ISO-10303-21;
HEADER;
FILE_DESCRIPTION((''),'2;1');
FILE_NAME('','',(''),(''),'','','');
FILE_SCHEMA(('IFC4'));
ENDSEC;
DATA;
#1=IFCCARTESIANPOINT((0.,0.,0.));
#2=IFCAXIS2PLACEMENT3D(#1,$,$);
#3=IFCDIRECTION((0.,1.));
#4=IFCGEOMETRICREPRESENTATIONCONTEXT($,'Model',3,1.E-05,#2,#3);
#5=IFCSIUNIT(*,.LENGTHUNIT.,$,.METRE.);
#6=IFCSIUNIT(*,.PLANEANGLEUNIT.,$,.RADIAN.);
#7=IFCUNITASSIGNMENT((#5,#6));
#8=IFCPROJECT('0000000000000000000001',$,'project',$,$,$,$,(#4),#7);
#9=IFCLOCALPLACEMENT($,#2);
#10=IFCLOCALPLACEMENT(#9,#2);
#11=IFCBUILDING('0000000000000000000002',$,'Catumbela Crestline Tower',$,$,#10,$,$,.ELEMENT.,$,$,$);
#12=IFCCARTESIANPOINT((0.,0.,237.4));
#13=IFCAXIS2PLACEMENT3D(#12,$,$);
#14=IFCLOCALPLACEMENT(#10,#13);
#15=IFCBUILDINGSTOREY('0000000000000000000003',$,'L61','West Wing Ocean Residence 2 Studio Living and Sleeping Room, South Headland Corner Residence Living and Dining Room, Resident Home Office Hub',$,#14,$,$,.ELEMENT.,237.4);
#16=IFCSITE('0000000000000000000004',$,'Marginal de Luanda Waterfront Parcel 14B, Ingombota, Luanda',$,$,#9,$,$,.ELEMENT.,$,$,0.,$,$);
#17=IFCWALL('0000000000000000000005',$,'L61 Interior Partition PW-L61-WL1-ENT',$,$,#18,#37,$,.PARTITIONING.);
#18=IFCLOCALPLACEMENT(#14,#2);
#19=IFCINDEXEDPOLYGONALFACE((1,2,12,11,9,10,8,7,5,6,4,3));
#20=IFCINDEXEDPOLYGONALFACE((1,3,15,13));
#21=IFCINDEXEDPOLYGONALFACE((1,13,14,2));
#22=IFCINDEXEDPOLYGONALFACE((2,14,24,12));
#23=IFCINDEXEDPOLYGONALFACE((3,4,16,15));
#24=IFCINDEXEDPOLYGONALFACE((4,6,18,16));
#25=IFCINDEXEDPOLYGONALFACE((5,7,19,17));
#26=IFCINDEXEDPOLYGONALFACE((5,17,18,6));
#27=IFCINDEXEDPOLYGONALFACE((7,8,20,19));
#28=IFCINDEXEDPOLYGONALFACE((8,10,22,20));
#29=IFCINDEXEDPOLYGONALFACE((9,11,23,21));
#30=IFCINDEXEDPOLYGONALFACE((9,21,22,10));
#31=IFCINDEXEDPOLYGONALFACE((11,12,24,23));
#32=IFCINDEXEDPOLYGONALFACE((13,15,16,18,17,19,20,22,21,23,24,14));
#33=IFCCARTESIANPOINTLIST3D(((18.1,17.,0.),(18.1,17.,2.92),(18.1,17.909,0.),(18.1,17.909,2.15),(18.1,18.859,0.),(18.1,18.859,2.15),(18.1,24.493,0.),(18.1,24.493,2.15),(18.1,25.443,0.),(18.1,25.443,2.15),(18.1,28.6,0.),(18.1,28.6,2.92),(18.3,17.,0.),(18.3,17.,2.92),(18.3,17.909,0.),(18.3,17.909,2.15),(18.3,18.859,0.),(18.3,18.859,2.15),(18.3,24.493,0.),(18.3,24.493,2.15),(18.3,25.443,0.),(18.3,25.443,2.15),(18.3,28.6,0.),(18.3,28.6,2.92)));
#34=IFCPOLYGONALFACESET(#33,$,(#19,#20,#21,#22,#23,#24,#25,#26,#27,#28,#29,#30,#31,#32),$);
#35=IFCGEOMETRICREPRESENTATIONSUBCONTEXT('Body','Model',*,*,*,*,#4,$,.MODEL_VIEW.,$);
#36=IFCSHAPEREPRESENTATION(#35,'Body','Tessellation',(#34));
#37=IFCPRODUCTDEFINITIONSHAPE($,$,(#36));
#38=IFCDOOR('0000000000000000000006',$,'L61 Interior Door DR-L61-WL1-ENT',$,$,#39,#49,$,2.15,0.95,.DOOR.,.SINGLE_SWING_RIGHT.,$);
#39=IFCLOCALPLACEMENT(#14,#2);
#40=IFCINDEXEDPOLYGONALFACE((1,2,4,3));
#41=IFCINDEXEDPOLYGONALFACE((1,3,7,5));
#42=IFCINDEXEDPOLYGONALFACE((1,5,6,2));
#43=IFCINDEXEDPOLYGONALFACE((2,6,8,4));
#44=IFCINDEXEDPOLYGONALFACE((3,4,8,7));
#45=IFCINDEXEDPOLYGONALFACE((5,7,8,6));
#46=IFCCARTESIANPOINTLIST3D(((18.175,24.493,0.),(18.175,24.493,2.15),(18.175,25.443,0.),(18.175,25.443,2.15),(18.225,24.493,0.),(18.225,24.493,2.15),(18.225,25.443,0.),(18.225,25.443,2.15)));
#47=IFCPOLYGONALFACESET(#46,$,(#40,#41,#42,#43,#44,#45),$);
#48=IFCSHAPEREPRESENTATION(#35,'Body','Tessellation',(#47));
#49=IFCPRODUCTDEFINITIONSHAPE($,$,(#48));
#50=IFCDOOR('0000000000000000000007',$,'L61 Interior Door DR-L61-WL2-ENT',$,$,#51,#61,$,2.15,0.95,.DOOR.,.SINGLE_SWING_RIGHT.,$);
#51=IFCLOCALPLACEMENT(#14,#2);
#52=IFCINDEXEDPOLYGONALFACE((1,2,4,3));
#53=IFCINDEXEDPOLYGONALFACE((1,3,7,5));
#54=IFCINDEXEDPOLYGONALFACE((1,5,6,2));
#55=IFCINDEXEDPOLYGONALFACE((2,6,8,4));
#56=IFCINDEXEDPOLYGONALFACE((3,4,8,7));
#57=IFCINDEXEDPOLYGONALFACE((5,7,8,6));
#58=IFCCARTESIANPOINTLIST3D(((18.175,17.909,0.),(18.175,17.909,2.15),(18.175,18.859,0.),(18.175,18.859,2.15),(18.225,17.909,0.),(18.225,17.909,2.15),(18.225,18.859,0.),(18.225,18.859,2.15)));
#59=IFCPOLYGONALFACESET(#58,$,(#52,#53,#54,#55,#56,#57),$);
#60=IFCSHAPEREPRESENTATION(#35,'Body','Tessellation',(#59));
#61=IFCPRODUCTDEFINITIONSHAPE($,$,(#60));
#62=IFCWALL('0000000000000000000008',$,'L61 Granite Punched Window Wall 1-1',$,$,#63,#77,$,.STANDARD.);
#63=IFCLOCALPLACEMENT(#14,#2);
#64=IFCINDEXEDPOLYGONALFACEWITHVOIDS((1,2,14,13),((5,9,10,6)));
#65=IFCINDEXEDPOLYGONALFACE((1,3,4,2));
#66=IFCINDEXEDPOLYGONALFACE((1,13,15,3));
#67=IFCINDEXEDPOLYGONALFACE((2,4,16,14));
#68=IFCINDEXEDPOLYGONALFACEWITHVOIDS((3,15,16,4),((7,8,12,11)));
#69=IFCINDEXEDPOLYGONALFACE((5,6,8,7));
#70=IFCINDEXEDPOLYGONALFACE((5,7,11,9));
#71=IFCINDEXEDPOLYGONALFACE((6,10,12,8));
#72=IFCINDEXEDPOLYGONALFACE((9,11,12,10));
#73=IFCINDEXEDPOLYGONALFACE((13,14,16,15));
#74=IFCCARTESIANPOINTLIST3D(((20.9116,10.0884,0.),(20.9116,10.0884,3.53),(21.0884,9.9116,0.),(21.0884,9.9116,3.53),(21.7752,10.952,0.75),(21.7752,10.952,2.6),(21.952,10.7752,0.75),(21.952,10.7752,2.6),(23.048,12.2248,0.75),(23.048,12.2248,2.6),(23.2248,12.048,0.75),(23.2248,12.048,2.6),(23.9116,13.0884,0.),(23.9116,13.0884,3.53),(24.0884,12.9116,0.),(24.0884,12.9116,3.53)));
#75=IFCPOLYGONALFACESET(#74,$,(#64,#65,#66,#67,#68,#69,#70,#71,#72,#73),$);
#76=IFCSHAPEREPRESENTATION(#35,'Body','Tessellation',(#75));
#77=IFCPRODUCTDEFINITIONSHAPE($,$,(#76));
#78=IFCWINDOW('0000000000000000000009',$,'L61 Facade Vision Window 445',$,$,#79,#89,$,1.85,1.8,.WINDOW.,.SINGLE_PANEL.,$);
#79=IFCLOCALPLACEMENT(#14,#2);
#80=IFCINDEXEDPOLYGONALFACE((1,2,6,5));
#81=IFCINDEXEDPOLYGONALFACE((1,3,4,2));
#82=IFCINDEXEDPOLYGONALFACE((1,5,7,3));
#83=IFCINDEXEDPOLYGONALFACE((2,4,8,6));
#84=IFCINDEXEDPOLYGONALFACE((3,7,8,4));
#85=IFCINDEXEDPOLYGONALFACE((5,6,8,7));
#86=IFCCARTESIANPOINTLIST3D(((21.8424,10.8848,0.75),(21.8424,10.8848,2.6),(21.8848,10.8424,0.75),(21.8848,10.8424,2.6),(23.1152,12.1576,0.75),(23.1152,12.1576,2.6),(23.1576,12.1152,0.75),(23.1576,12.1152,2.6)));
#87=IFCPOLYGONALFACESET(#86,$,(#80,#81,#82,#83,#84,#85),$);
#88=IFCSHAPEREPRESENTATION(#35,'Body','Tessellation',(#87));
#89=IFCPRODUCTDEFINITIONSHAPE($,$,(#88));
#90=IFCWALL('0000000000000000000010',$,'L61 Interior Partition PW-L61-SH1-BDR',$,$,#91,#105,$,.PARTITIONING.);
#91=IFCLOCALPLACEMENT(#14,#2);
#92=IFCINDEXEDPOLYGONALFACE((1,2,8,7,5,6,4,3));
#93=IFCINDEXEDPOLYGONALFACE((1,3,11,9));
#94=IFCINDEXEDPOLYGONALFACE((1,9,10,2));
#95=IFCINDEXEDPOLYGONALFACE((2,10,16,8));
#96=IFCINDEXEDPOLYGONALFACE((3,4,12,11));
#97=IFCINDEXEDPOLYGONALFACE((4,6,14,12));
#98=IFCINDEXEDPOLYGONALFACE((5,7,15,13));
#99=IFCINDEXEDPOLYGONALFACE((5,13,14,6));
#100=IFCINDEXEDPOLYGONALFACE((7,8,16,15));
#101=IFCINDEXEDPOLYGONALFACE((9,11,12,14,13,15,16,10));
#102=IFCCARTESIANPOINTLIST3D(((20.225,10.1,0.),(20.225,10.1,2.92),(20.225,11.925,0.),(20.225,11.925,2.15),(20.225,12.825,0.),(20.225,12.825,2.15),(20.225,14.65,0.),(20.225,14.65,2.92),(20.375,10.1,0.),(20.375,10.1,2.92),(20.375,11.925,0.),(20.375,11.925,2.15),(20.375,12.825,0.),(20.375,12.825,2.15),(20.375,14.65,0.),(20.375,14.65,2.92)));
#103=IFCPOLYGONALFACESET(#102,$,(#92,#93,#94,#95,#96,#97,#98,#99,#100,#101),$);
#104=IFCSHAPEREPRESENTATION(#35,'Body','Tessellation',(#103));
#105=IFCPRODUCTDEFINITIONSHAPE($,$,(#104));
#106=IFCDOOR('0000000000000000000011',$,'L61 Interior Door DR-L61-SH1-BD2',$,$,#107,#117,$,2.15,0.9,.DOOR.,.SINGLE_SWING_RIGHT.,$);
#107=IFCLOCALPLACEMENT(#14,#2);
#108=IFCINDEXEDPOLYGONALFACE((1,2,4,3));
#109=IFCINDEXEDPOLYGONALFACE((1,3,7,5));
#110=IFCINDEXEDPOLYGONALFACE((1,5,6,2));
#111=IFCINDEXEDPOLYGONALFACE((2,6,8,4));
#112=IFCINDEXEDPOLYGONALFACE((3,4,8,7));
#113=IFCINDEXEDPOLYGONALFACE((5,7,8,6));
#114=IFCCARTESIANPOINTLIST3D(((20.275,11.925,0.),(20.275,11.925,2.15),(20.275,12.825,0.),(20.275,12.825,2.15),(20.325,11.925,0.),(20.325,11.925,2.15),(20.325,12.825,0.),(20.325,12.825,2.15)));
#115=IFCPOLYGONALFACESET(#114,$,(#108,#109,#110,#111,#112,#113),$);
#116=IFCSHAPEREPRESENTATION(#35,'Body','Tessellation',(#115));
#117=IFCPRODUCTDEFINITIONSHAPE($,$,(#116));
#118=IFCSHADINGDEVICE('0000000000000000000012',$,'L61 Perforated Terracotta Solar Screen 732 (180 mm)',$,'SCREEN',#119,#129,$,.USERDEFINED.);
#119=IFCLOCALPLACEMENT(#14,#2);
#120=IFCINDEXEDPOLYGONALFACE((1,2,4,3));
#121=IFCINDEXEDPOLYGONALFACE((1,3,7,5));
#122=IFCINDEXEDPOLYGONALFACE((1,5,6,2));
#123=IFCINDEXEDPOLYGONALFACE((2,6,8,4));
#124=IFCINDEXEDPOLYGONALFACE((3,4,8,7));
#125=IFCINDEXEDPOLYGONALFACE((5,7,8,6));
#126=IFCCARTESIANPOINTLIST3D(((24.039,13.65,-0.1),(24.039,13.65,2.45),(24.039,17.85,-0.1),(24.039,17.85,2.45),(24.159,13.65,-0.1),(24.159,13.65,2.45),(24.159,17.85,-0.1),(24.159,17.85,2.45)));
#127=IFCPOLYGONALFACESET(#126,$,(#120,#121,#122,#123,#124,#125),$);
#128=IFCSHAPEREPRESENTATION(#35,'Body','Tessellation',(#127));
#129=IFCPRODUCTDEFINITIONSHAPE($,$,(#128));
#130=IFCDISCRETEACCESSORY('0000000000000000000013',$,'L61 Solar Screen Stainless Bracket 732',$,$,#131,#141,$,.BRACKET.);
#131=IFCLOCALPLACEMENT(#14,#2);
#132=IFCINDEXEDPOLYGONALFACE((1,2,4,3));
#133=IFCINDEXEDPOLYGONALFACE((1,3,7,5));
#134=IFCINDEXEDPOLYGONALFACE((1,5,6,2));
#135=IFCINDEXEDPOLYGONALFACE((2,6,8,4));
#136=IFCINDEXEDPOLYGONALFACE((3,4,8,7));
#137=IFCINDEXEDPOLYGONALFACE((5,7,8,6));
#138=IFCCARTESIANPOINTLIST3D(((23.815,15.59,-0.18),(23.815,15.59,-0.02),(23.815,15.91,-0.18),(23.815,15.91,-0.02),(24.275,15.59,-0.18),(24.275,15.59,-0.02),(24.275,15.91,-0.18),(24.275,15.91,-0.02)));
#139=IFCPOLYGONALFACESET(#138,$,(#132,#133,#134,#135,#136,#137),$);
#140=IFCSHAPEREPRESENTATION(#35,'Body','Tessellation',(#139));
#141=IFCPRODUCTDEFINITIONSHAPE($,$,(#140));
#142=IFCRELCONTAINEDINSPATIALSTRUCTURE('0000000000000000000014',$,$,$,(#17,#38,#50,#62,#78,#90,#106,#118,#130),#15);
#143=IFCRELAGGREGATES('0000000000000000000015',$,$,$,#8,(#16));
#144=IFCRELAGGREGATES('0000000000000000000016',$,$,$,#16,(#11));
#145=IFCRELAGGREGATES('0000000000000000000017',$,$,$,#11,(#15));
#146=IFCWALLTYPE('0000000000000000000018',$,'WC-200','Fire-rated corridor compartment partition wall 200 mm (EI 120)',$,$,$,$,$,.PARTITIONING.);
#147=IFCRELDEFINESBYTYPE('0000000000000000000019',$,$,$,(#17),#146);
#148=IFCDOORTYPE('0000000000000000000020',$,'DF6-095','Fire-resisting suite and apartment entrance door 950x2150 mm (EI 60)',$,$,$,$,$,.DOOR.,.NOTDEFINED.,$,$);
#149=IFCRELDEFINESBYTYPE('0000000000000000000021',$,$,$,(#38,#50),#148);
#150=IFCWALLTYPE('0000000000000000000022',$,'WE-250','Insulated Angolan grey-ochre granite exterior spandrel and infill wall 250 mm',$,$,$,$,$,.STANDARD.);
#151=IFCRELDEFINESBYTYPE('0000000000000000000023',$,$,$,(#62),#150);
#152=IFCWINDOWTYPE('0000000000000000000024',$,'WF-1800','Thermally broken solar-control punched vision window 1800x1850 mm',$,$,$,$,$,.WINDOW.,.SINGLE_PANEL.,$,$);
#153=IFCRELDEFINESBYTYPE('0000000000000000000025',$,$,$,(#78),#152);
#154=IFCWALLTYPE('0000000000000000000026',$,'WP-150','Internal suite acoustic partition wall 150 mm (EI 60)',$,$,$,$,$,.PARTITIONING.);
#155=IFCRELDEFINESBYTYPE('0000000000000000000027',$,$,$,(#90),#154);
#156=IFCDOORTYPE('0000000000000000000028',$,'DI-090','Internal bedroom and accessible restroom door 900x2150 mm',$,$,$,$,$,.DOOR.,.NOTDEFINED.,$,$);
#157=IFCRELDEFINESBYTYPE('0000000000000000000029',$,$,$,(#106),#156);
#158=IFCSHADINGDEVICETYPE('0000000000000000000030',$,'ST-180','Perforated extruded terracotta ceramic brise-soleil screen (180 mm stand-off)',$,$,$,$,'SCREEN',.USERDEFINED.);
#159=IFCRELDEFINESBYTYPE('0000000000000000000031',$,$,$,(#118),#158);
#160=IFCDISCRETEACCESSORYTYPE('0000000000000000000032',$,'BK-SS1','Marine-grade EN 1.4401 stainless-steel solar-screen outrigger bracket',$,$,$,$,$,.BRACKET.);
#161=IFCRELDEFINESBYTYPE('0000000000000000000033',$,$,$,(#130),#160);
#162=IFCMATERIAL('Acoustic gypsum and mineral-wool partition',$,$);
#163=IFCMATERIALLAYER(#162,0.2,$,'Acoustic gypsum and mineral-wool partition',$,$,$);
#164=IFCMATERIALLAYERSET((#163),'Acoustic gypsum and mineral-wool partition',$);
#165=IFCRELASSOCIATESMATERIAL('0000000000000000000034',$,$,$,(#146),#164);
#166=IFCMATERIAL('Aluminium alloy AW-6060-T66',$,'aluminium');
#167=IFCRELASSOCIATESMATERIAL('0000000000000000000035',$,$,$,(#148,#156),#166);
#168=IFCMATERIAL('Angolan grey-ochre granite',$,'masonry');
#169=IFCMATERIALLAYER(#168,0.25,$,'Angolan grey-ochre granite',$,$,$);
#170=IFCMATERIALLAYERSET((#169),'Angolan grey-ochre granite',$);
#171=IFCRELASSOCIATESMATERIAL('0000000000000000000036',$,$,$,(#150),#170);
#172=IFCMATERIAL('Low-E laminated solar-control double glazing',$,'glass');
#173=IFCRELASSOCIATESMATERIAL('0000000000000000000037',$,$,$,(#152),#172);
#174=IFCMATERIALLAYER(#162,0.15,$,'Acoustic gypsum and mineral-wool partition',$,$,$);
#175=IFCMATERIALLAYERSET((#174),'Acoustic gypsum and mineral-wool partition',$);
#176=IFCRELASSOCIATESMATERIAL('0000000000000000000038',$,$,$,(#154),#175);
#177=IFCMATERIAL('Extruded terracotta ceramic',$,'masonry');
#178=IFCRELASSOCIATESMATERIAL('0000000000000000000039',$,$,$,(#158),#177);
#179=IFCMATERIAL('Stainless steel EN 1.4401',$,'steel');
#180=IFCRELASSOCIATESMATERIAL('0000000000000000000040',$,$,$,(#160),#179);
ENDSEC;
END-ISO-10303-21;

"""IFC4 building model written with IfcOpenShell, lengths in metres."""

from ifc_helpers import new_model, si_unit, direction, frame, frame_2d, origin, origin_2d, place, context, subcontext, project, spatial, rectangle, extrude, material, layer, layer_set, type_object, element, fill, save


model = new_model("IFC4")

# Units and contexts
model_context = context("Model", 3, precision=1e-05, world=origin(), true_north=direction((0.0, 1.0)))
body_context = subcontext(model_context, "Body", "Model", "MODEL_VIEW")
ifc_project = project(units=[si_unit("LENGTHUNIT", "METRE"), si_unit("PLANEANGLEUNIT", "RADIAN")], contexts=[model_context])

# Site, building, storey
site_placement = place(None, origin())
site = spatial("IfcSite", under=ifc_project, at=site_placement, Name="Marginal de Luanda Waterfront Parcel 14B, Ingombota, Luanda", CompositionType="ELEMENT", RefElevation=0.0)
building_placement = place(site_placement, origin())
building = spatial("IfcBuilding", under=site, at=building_placement, Name="Catumbela Crestline Tower", CompositionType="ELEMENT")
storey_placement = place(building_placement, frame((0.0, 0.0, 237.4)))
storey = spatial("IfcBuildingStorey", under=building, at=storey_placement, Name="L61", Description="West Wing Ocean Residence 2 Studio Living and Sleeping Room, South Headland Corner Residence Living and Dining Room, Resident Home Office Hub", CompositionType="ELEMENT", Elevation=237.4)

# Shared definitions
ifc_material_1 = material(Name="Aluminium alloy AW-6060-T66", Category="aluminium")

# Shared definitions
ifc_material_2 = material(Name="Low-E laminated solar-control double glazing", Category="glass")

# Wall, openings, doors
ifc_material_3 = material(Name="Acoustic gypsum and mineral-wool partition")
ifc_layer_1 = layer(ifc_material_3, 0.2, Name="Acoustic gypsum and mineral-wool partition")
ifc_layer_set_1 = layer_set([ifc_layer_1], Name="Acoustic gypsum and mineral-wool partition")
wall_type_1 = type_object("IfcWallType", Name="WC-200", Description="Fire-rated corridor compartment partition wall 200 mm (EI 120)", PredefinedType="PARTITIONING", material=ifc_layer_set_1)
wall_1_placement = place(storey_placement, frame((18.2, 17.0, 0.0), z_axis=(0.0, 0.0, 1.0), x_axis=(0.0, 1.0, 0.0)))
wall_1 = element("IfcWall", 1, at=wall_1_placement, inside=storey, type_object=wall_type_1, Name="L61 Interior Partition PW-L61-WL1-ENT", PredefinedType="PARTITIONING", context=body_context, shape_type="SweptSolid", body=[
    extrude(rectangle(XDim=11.6, YDim=0.2, at=frame_2d((5.8, 0.0))), origin(), (0.0, 0.0, 1.0), 2.92),
])
opening_1_placement = place(wall_1_placement, frame((7.493, 0.0, 0.0)))
opening_1 = element("IfcOpeningElement", 2, at=opening_1_placement, cuts=wall_1, PredefinedType="OPENING", context=body_context, shape_type="SweptSolid", body=[
    extrude(rectangle(XDim=0.95, YDim=2.15, at=frame_2d((0.475, 1.075))), frame((0.0, 0.11, 0.0), z_axis=(0.0, -1.0, 0.0), x_axis=(1.0, 0.0, 0.0)), (0.0, 0.0, 1.0), 0.22),
])
opening_2_placement = place(wall_1_placement, frame((0.909, 0.0, 0.0)))
opening_2 = element("IfcOpeningElement", 3, at=opening_2_placement, cuts=wall_1, PredefinedType="OPENING", context=body_context, shape_type="SweptSolid", body=[
    extrude(rectangle(XDim=0.95, YDim=2.15, at=frame_2d((0.475, 1.075))), frame((0.0, 0.11, 0.0), z_axis=(0.0, -1.0, 0.0), x_axis=(1.0, 0.0, 0.0)), (0.0, 0.0, 1.0), 0.22),
])
door_type_1 = type_object("IfcDoorType", Name="DF6-095", Description="Fire-resisting suite and apartment entrance door 950x2150 mm (EI 60)", OperationType="NOTDEFINED", PredefinedType="DOOR", material=ifc_material_1)
door_1_placement = place(opening_1_placement, origin())
door_1 = element("IfcDoor", 4, at=door_1_placement, inside=storey, type_object=door_type_1, Name="L61 Interior Door DR-L61-WL1-ENT", OperationType="SINGLE_SWING_RIGHT", OverallHeight=2.15, OverallWidth=0.95, PredefinedType="DOOR", context=body_context, shape_type="SweptSolid", body=[
    extrude(rectangle(XDim=0.95, YDim=2.15, at=frame_2d((0.475, 1.075))), frame((0.0, 0.025, 0.0), z_axis=(0.0, -1.0, 0.0), x_axis=(1.0, 0.0, 0.0)), (0.0, 0.0, 1.0), 0.05),
])
fill(opening_1, door_1)
door_2_placement = place(opening_2_placement, origin())
door_2 = element("IfcDoor", 5, at=door_2_placement, inside=storey, type_object=door_type_1, Name="L61 Interior Door DR-L61-WL2-ENT", OperationType="SINGLE_SWING_RIGHT", OverallHeight=2.15, OverallWidth=0.95, PredefinedType="DOOR", context=body_context, shape_type="SweptSolid", body=[
    extrude(rectangle(XDim=0.95, YDim=2.15, at=frame_2d((0.475, 1.075))), frame((0.0, 0.025, 0.0), z_axis=(0.0, -1.0, 0.0), x_axis=(1.0, 0.0, 0.0)), (0.0, 0.0, 1.0), 0.05),
])
fill(opening_2, door_2)

# Wall, opening, window
ifc_material_4 = material(Name="Angolan grey-ochre granite", Category="masonry")
ifc_layer_2 = layer(ifc_material_4, 0.25, Name="Angolan grey-ochre granite")
ifc_layer_set_2 = layer_set([ifc_layer_2], Name="Angolan grey-ochre granite")
wall_type_2 = type_object("IfcWallType", Name="WE-250", Description="Insulated Angolan grey-ochre granite exterior spandrel and infill wall 250 mm", PredefinedType="STANDARD", material=ifc_layer_set_2)
wall_2_placement = place(storey_placement, frame((21.0, 10.0, 0.0), z_axis=(0.0, 0.0, 1.0), x_axis=(0.707107, 0.707107, 0.0)))
wall_2 = element("IfcWall", 6, at=wall_2_placement, inside=storey, type_object=wall_type_2, Name="L61 Granite Punched Window Wall 1-1", PredefinedType="STANDARD", context=body_context, shape_type="SweptSolid", body=[
    extrude(rectangle(XDim=4.2426, YDim=0.25, at=frame_2d((2.1213, 0.0))), origin(), (0.0, 0.0, 1.0), 3.53),
])
opening_3_placement = place(wall_2_placement, frame((1.2213, 0.0, 0.75)))
opening_3 = element("IfcOpeningElement", 7, at=opening_3_placement, cuts=wall_2, PredefinedType="OPENING", context=body_context, shape_type="SweptSolid", body=[
    extrude(rectangle(XDim=1.8, YDim=1.85, at=frame_2d((0.9, 0.925))), frame((0.0, 0.135, 0.0), z_axis=(0.0, -1.0, 0.0), x_axis=(1.0, 0.0, 0.0)), (0.0, 0.0, 1.0), 0.27),
])
window_type = type_object("IfcWindowType", Name="WF-1800", Description="Thermally broken solar-control punched vision window 1800x1850 mm", PartitioningType="SINGLE_PANEL", PredefinedType="WINDOW", material=ifc_material_2)
window_placement = place(opening_3_placement, origin())
window = element("IfcWindow", 8, at=window_placement, inside=storey, type_object=window_type, Name="L61 Facade Vision Window 445", OverallHeight=1.85, OverallWidth=1.8, PartitioningType="SINGLE_PANEL", PredefinedType="WINDOW", context=body_context, shape_type="SweptSolid", body=[
    extrude(rectangle(XDim=1.8, YDim=1.85, at=frame_2d((0.9, 0.925))), frame((0.0, 0.03, 0.0), z_axis=(0.0, -1.0, 0.0), x_axis=(1.0, 0.0, 0.0)), (0.0, 0.0, 1.0), 0.06),
])
fill(opening_3, window)

# Wall, opening, door
ifc_layer_3 = layer(ifc_material_3, 0.15, Name="Acoustic gypsum and mineral-wool partition")
ifc_layer_set_3 = layer_set([ifc_layer_3], Name="Acoustic gypsum and mineral-wool partition")
wall_type_3 = type_object("IfcWallType", Name="WP-150", Description="Internal suite acoustic partition wall 150 mm (EI 60)", PredefinedType="PARTITIONING", material=ifc_layer_set_3)
wall_3_placement = place(storey_placement, frame((20.3, 10.1, 0.0), z_axis=(0.0, 0.0, 1.0), x_axis=(0.0, 1.0, 0.0)))
wall_3 = element("IfcWall", 9, at=wall_3_placement, inside=storey, type_object=wall_type_3, Name="L61 Interior Partition PW-L61-SH1-BDR", PredefinedType="PARTITIONING", context=body_context, shape_type="SweptSolid", body=[
    extrude(rectangle(XDim=4.55, YDim=0.15, at=frame_2d((2.275, 0.0))), origin(), (0.0, 0.0, 1.0), 2.92),
])
opening_4_placement = place(wall_3_placement, frame((1.825, 0.0, 0.0)))
opening_4 = element("IfcOpeningElement", 10, at=opening_4_placement, cuts=wall_3, PredefinedType="OPENING", context=body_context, shape_type="SweptSolid", body=[
    extrude(rectangle(XDim=0.9, YDim=2.15, at=frame_2d((0.45, 1.075))), frame((0.0, 0.085, 0.0), z_axis=(0.0, -1.0, 0.0), x_axis=(1.0, 0.0, 0.0)), (0.0, 0.0, 1.0), 0.17),
])
door_type_2 = type_object("IfcDoorType", Name="DI-090", Description="Internal bedroom and accessible restroom door 900x2150 mm", OperationType="NOTDEFINED", PredefinedType="DOOR", material=ifc_material_1)
door_3_placement = place(opening_4_placement, origin())
door_3 = element("IfcDoor", 11, at=door_3_placement, inside=storey, type_object=door_type_2, Name="L61 Interior Door DR-L61-SH1-BD2", OperationType="SINGLE_SWING_RIGHT", OverallHeight=2.15, OverallWidth=0.9, PredefinedType="DOOR", context=body_context, shape_type="SweptSolid", body=[
    extrude(rectangle(XDim=0.9, YDim=2.15, at=frame_2d((0.45, 1.075))), frame((0.0, 0.025, 0.0), z_axis=(0.0, -1.0, 0.0), x_axis=(1.0, 0.0, 0.0)), (0.0, 0.0, 1.0), 0.05),
])
fill(opening_4, door_3)

# Shading device
ifc_material_5 = material(Name="Extruded terracotta ceramic", Category="masonry")
shading_device_type = type_object("IfcShadingDeviceType", Name="ST-180", Description="Perforated extruded terracotta ceramic brise-soleil screen (180 mm stand-off)", ElementType="SCREEN", PredefinedType="USERDEFINED", material=ifc_material_5)
shading_device_placement = place(storey_placement, frame((24.099, 15.75, -0.1), z_axis=(0.0, 0.0, 1.0), x_axis=(0.0, 1.0, 0.0)))
element("IfcShadingDevice", 12, at=shading_device_placement, inside=storey, type_object=shading_device_type, Name="L61 Perforated Terracotta Solar Screen 732 (180 mm)", ObjectType="SCREEN", PredefinedType="USERDEFINED", context=body_context, shape_type="SweptSolid", body=[
    extrude(rectangle(XDim=4.2, YDim=0.12, at=origin_2d()), origin(), (0.0, 0.0, 1.0), 2.55),
])

# Discrete accessory
ifc_material_6 = material(Name="Stainless steel EN 1.4401", Category="steel")
discrete_accessory_type = type_object("IfcDiscreteAccessoryType", Name="BK-SS1", Description="Marine-grade EN 1.4401 stainless-steel solar-screen outrigger bracket", PredefinedType="BRACKET", material=ifc_material_6)
discrete_accessory_placement = place(storey_placement, frame((24.045, 15.75, -0.18), z_axis=(0.0, 0.0, 1.0), x_axis=(0.0, 1.0, 0.0)))
element("IfcDiscreteAccessory", 13, at=discrete_accessory_placement, inside=storey, type_object=discrete_accessory_type, Name="L61 Solar Screen Stainless Bracket 732", PredefinedType="BRACKET", context=body_context, shape_type="SweptSolid", body=[
    extrude(rectangle(XDim=0.32, YDim=0.46, at=origin_2d()), origin(), (0.0, 0.0, 1.0), 0.16),
])

save(model, "model.ifc")
